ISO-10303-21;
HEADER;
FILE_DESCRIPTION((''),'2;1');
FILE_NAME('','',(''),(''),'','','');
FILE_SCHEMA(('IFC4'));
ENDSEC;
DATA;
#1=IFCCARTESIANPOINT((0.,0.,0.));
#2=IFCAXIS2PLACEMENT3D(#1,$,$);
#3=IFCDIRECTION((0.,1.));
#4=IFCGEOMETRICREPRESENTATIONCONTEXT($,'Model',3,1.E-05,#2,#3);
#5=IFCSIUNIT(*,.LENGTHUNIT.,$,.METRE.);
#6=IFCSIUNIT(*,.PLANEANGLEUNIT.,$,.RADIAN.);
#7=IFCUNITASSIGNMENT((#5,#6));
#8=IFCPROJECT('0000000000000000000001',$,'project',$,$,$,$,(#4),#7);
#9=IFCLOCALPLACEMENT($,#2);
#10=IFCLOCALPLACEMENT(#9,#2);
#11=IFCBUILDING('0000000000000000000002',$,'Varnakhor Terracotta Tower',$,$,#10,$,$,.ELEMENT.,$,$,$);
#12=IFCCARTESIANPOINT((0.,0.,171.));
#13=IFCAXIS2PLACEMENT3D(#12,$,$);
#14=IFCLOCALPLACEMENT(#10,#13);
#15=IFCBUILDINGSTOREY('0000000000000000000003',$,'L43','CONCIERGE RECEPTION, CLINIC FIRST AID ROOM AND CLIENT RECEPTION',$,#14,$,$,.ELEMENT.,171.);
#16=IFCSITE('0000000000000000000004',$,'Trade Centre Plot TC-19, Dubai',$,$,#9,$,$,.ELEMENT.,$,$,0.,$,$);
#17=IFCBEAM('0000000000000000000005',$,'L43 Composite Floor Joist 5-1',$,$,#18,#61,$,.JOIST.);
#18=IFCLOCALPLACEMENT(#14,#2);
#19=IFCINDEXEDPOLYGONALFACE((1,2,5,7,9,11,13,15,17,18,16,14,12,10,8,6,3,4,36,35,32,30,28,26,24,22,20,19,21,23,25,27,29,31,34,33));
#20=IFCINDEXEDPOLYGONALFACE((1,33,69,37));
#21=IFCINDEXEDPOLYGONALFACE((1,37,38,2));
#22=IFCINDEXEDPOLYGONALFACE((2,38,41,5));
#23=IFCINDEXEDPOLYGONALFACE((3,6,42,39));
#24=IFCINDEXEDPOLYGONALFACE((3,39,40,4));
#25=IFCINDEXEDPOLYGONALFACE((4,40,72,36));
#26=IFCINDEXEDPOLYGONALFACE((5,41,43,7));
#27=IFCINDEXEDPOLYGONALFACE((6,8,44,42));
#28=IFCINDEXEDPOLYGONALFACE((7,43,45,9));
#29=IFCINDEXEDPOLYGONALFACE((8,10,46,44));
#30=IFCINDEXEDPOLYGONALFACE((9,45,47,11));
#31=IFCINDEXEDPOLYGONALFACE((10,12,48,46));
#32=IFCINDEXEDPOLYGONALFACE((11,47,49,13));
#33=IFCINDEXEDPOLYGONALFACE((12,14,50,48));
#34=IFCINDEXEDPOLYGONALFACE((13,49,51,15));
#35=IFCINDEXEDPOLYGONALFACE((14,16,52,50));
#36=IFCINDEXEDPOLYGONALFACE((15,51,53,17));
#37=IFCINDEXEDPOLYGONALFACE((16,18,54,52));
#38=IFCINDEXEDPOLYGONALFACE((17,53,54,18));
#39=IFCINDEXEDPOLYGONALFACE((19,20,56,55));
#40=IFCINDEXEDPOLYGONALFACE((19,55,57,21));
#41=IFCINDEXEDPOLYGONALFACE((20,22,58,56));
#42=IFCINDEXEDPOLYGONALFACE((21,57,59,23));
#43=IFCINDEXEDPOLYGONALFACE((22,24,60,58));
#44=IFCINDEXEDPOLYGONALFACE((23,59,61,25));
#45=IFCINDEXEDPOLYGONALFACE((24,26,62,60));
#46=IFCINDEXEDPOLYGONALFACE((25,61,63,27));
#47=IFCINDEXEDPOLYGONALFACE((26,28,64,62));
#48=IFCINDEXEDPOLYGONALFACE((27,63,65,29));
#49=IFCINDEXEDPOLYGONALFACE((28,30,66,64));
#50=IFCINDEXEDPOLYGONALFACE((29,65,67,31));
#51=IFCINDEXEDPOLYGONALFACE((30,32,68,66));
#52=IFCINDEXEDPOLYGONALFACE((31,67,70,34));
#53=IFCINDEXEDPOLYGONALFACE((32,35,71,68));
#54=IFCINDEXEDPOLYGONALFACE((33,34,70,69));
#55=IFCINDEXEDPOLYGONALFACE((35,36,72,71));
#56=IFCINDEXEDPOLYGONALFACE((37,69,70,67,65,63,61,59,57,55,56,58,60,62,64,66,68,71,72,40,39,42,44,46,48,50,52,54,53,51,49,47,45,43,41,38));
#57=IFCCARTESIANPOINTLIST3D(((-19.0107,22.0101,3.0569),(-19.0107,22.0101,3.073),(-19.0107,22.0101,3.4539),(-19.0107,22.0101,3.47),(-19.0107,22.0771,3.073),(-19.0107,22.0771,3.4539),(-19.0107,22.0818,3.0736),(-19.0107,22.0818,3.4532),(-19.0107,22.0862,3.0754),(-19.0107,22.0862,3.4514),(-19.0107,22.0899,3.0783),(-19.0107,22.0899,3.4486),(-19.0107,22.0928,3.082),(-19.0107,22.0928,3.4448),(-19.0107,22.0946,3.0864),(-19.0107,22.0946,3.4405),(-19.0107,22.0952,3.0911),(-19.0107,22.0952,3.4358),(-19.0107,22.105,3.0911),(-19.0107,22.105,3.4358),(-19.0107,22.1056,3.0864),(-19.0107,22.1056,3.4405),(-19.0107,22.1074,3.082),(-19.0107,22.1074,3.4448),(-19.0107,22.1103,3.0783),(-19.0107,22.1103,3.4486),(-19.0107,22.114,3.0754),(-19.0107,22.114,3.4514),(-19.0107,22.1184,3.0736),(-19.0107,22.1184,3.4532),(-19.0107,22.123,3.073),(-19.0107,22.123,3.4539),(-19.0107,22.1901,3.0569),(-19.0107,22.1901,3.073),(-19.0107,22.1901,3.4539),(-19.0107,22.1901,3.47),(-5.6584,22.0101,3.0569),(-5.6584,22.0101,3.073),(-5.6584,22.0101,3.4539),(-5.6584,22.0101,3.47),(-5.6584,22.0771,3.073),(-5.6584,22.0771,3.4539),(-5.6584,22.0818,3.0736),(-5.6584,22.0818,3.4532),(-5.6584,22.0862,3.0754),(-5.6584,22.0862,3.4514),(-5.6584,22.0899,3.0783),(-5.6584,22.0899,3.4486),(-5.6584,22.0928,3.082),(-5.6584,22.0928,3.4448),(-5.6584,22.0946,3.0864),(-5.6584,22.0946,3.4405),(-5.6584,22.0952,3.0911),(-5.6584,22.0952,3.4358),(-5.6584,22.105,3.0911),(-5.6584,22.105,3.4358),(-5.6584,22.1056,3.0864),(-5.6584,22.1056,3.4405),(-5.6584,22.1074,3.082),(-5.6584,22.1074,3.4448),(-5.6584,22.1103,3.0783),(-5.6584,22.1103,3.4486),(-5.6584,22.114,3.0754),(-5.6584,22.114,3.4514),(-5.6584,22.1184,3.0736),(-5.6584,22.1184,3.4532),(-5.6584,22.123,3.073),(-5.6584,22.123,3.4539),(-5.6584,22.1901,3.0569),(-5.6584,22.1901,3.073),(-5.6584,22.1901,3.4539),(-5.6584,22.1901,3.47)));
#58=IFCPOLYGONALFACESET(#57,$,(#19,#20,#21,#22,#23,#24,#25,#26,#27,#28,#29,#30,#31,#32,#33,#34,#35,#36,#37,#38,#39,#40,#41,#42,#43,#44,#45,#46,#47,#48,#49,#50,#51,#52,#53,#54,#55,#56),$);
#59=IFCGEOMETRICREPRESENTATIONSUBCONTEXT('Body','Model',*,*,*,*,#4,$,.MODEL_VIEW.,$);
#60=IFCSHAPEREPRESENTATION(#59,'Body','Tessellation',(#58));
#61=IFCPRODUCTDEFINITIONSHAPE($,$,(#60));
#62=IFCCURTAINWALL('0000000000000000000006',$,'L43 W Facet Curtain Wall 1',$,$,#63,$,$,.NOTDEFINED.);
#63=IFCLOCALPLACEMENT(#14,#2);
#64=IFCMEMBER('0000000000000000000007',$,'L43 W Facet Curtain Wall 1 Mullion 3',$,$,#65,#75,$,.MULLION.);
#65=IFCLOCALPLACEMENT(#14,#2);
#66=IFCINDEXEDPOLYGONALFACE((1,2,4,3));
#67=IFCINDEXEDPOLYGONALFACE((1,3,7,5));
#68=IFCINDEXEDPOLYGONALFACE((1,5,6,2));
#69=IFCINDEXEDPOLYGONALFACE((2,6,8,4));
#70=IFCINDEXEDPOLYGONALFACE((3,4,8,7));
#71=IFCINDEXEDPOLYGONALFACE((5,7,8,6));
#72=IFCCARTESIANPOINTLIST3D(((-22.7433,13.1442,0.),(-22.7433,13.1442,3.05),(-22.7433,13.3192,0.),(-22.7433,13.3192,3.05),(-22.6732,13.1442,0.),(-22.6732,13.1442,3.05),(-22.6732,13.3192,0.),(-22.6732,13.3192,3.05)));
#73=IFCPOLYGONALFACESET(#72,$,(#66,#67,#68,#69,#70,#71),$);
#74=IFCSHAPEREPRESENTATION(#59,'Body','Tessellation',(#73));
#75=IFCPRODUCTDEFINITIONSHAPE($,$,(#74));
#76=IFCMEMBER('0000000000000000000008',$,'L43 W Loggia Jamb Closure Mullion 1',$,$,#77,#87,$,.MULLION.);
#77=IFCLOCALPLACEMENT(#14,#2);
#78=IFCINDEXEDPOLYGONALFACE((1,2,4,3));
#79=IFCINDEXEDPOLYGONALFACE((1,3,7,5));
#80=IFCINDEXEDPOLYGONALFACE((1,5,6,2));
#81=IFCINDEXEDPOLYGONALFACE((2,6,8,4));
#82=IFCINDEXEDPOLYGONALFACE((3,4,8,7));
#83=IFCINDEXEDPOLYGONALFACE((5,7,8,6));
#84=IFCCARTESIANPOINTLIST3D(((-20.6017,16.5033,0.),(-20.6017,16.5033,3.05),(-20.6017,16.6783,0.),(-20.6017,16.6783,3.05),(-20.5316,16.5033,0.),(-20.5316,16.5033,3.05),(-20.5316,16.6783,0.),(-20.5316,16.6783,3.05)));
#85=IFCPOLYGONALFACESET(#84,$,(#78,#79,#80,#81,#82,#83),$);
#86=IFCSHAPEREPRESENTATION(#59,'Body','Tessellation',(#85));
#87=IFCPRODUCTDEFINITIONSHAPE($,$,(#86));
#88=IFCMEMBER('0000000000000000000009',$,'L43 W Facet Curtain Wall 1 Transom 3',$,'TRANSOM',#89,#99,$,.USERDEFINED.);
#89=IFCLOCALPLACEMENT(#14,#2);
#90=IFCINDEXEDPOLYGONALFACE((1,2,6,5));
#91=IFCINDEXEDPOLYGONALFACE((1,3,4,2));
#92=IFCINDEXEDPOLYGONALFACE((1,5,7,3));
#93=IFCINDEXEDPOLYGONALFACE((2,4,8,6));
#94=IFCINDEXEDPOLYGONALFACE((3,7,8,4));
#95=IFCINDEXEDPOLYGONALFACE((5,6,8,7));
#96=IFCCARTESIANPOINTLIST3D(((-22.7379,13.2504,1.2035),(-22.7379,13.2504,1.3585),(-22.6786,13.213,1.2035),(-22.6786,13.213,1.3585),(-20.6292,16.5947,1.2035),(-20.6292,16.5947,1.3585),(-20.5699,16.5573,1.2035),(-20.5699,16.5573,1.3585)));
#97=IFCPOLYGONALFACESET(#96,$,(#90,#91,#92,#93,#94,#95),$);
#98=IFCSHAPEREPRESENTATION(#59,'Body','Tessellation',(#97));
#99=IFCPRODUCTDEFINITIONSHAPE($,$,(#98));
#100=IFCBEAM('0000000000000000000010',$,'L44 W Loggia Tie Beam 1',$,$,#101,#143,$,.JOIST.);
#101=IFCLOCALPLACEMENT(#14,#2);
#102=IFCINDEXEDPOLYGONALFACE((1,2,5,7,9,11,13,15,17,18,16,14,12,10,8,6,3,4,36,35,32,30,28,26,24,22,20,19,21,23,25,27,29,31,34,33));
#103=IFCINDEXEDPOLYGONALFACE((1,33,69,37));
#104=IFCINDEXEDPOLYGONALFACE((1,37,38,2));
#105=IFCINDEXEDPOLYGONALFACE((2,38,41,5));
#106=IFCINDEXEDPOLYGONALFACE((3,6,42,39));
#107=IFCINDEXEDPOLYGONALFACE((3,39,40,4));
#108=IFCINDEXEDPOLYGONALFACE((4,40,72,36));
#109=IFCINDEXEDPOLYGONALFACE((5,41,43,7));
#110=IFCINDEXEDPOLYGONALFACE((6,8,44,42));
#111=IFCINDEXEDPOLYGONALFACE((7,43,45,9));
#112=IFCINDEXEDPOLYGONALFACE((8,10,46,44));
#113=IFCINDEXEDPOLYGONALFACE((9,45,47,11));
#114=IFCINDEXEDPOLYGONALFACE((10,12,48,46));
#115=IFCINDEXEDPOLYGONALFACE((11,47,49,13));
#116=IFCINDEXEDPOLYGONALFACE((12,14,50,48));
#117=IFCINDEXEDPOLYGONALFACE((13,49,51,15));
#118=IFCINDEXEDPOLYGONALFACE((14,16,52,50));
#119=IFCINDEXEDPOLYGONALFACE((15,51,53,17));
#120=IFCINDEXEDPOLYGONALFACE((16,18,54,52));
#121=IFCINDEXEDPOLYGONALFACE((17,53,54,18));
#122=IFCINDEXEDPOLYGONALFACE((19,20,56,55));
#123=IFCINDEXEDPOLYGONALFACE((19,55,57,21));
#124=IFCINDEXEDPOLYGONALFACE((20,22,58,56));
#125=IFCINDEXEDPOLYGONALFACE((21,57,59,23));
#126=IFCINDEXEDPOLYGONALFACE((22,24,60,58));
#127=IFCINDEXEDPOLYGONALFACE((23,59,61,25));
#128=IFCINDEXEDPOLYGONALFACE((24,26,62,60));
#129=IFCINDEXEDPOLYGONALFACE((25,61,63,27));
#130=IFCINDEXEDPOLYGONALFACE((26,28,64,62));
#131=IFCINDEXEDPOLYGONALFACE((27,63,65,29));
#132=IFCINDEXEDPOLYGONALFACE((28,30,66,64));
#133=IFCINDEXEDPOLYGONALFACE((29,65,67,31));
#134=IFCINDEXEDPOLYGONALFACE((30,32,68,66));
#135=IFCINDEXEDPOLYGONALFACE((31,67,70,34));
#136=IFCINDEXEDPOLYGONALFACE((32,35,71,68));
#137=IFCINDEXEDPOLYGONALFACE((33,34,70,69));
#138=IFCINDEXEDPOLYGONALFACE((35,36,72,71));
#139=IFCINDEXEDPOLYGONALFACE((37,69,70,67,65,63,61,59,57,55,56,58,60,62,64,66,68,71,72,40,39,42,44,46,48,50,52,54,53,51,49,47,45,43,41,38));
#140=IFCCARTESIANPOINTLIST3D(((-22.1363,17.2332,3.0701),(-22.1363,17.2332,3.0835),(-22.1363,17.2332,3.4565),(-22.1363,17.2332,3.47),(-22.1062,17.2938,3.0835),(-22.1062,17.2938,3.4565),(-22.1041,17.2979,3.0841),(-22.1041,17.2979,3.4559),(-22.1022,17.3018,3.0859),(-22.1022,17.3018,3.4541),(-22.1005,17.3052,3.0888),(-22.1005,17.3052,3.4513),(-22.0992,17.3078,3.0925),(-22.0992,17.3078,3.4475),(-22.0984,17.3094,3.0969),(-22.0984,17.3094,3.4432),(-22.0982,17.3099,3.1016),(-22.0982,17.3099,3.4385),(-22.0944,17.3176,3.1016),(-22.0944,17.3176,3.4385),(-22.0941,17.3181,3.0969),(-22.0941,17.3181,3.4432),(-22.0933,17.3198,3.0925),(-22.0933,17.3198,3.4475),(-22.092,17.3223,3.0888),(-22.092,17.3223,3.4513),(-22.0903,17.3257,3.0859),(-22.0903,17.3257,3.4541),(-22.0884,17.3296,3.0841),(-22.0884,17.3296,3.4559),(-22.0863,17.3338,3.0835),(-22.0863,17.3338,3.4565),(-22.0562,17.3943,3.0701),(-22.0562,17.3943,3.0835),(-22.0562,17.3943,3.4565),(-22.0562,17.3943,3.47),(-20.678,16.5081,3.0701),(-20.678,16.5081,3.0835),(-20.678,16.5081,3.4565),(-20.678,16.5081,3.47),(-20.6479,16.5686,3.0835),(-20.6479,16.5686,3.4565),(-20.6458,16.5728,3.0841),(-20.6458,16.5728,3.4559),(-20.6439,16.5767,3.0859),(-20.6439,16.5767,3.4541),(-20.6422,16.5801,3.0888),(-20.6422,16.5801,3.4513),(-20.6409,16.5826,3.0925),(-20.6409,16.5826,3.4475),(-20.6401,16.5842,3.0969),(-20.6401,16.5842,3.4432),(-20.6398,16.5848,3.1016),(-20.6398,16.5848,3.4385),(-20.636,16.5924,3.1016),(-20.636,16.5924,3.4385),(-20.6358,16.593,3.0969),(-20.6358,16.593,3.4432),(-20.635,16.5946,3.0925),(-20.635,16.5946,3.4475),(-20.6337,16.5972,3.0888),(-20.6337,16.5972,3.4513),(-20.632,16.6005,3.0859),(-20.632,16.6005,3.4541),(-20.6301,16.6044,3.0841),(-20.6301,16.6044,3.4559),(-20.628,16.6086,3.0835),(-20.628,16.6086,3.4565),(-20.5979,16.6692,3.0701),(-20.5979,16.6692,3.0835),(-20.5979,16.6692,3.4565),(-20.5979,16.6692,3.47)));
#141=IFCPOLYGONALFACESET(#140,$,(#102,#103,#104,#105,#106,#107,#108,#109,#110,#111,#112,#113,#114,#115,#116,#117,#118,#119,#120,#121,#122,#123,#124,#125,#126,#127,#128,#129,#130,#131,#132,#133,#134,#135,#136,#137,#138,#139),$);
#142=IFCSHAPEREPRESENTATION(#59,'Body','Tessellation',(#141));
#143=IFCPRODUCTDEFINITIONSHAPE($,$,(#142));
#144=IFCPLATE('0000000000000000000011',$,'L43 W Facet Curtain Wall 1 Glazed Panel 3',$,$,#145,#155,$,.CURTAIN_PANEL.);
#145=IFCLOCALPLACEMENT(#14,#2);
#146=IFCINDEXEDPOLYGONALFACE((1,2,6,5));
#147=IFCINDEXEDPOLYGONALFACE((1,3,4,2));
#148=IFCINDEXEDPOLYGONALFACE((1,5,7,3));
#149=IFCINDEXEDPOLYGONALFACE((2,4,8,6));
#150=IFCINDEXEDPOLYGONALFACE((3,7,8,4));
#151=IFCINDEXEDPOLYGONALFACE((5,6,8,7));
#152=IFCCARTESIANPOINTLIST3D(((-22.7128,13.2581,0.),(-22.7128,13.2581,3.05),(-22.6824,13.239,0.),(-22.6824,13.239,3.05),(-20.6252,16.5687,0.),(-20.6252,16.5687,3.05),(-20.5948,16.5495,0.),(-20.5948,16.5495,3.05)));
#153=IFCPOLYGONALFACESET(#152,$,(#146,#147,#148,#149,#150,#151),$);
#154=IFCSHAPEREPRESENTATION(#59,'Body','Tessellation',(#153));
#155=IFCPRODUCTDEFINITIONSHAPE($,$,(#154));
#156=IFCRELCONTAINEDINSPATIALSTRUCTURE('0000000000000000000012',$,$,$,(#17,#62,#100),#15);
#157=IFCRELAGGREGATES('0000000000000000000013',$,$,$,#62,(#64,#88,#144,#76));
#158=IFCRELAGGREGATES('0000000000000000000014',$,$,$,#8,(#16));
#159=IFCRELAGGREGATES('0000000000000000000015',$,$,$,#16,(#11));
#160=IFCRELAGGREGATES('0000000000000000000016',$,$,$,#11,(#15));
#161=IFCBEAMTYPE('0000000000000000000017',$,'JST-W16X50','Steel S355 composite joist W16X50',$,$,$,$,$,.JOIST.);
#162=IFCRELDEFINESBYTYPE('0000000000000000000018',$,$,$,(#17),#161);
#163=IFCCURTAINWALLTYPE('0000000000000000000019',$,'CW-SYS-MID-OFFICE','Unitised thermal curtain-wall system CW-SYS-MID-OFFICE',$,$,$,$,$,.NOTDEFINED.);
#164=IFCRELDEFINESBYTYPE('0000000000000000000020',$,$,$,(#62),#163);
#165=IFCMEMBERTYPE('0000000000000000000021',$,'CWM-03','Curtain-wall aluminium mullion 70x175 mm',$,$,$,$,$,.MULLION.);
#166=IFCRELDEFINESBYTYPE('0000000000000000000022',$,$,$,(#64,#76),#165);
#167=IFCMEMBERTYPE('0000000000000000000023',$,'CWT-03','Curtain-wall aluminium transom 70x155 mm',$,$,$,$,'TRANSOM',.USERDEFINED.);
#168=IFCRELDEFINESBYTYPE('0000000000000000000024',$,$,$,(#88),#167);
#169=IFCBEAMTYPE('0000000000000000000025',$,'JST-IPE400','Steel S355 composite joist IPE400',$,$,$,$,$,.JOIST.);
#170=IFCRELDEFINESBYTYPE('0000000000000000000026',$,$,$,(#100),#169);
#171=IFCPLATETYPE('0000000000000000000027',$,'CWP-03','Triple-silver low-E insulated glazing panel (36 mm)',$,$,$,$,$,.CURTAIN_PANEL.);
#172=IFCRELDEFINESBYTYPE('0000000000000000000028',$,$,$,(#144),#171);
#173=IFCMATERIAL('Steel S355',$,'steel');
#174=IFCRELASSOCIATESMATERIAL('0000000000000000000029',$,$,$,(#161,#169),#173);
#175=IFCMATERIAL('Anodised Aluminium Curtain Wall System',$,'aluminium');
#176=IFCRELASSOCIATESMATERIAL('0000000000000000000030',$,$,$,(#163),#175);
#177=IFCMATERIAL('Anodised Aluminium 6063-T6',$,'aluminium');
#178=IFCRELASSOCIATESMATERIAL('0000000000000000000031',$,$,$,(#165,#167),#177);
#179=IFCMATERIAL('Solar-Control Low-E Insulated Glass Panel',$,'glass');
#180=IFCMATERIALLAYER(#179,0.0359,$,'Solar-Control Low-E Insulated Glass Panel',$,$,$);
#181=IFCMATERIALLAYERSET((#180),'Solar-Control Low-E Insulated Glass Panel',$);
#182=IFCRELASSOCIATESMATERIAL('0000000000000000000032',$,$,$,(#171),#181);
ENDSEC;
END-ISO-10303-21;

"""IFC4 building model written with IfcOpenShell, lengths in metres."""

from ifc_helpers import new_model, si_unit, direction, frame, origin, origin_2d, place, context, subcontext, project, spatial, rectangle, i_section, extrude, source, transform, mapped, material, layer, layer_set, material_profile, profile_set, type_object, element, aggregate, save


model = new_model("IFC4")

# Units and contexts
model_context = context("Model", 3, precision=1e-05, world=origin(), true_north=direction((0.0, 1.0)))
body_context = subcontext(model_context, "Body", "Model", "MODEL_VIEW")
ifc_project = project(units=[si_unit("LENGTHUNIT", "METRE"), si_unit("PLANEANGLEUNIT", "RADIAN")], contexts=[model_context])

# Site, building, storey
site_placement = place(None, origin())
site = spatial("IfcSite", under=ifc_project, at=site_placement, Name="Trade Centre Plot TC-19, Dubai", CompositionType="ELEMENT", RefElevation=0.0)
building_placement = place(site_placement, origin())
building = spatial("IfcBuilding", under=site, at=building_placement, Name="Varnakhor Terracotta Tower", CompositionType="ELEMENT")
storey_placement = place(building_placement, frame((0.0, 0.0, 171.0)))
storey = spatial("IfcBuildingStorey", under=building, at=storey_placement, Name="L43", Description="CONCIERGE RECEPTION, CLINIC FIRST AID ROOM AND CLIENT RECEPTION", CompositionType="ELEMENT", Elevation=171.0)

# Beam
ifc_material_1 = material(Name="Steel S355", Category="steel")
ifc_material_profile_1 = material_profile(ifc_material_1, i_section(OverallWidth=0.1799, OverallDepth=0.4131, WebThickness=0.0098, FlangeThickness=0.0161, FilletRadius=0.0181, at=origin_2d()), Name="W16X50")
ifc_profile_set_1 = profile_set([ifc_material_profile_1], Name="Steel S355")
beam_type_1 = type_object("IfcBeamType", Name="JST-W16X50", Description="Steel S355 composite joist W16X50", PredefinedType="JOIST", material=ifc_profile_set_1)
shared_shape_1 = source(origin(), body_context, "Body", "SweptSolid", [
    extrude(i_section(OverallWidth=0.1799, OverallDepth=0.4131, WebThickness=0.0098, FlangeThickness=0.0161, FilletRadius=0.0181, at=origin_2d()), origin(), (0.0, 0.0, 1.0), 13.3523),
])
beam_1_placement = place(storey_placement, frame((-19.0107, 22.1001, 3.2634), z_axis=(1.0, 0.0, 0.0), x_axis=(0.0, 1.0, 0.0)))
element("IfcBeam", 1, at=beam_1_placement, inside=storey, type_object=beam_type_1, Name="L43 Composite Floor Joist 5-1", PredefinedType="JOIST", context=body_context, shape_type="MappedRepresentation", body=[
    mapped(shared_shape_1, transform((0.0, 0.0, 0.0), scale=1.0)),
])

# Curtain wall, members
ifc_material_2 = material(Name="Anodised Aluminium Curtain Wall System", Category="aluminium")
curtain_wall_type = type_object("IfcCurtainWallType", Name="CW-SYS-MID-OFFICE", Description="Unitised thermal curtain-wall system CW-SYS-MID-OFFICE", PredefinedType="NOTDEFINED", material=ifc_material_2)
curtain_wall_placement = place(storey_placement, origin())
curtain_wall = element("IfcCurtainWall", 2, at=curtain_wall_placement, inside=storey, type_object=curtain_wall_type, Name="L43 W Facet Curtain Wall 1", PredefinedType="NOTDEFINED")
ifc_material_3 = material(Name="Anodised Aluminium 6063-T6", Category="aluminium")
ifc_material_profile_2 = material_profile(ifc_material_3, rectangle(XDim=0.0701, YDim=0.175, at=origin_2d()), Name="ALU MULLION 70x175")
ifc_profile_set_2 = profile_set([ifc_material_profile_2], Name="Anodised Aluminium 6063-T6")
member_type_1 = type_object("IfcMemberType", Name="CWM-03", Description="Curtain-wall aluminium mullion 70x175 mm", PredefinedType="MULLION", material=ifc_profile_set_2)
shared_shape_2 = source(origin(), body_context, "Body", "SweptSolid", [
    extrude(rectangle(XDim=0.0701, YDim=0.175, at=origin_2d()), origin(), (0.0, 0.0, 1.0), 3.05),
])
member_1_placement = place(storey_placement, frame((-22.7083, 13.2317, 0.0), z_axis=(0.0, 0.0, 1.0), x_axis=(1.0, 0.0, 0.0)))
member_1 = element("IfcMember", 3, at=member_1_placement, type_object=member_type_1, Name="L43 W Facet Curtain Wall 1 Mullion 3", PredefinedType="MULLION", context=body_context, shape_type="MappedRepresentation", body=[
    mapped(shared_shape_2, transform((0.0, 0.0, 0.0), scale=1.0)),
])
member_2_placement = place(storey_placement, frame((-20.5667, 16.5908, 0.0), z_axis=(0.0, 0.0, 1.0), x_axis=(1.0, 0.0, 0.0)))
member_2 = element("IfcMember", 4, at=member_2_placement, type_object=member_type_1, Name="L43 W Loggia Jamb Closure Mullion 1", PredefinedType="MULLION", context=body_context, shape_type="MappedRepresentation", body=[
    mapped(shared_shape_2, transform((0.0, 0.0, 0.0), scale=1.0)),
])
ifc_material_profile_3 = material_profile(ifc_material_3, rectangle(XDim=0.0701, YDim=0.155, at=origin_2d()), Name="ALU TRANSOM 70x155")
ifc_profile_set_3 = profile_set([ifc_material_profile_3], Name="Anodised Aluminium 6063-T6")
member_type_2 = type_object("IfcMemberType", Name="CWT-03", Description="Curtain-wall aluminium transom 70x155 mm", ElementType="TRANSOM", PredefinedType="USERDEFINED", material=ifc_profile_set_3)
shared_shape_3 = source(origin(), body_context, "Body", "SweptSolid", [
    extrude(rectangle(XDim=0.0701, YDim=0.155, at=origin_2d()), origin(), (0.0, 0.0, 1.0), 3.9536),
])
member_3_placement = place(storey_placement, frame((-22.7083, 13.2317, 1.281), z_axis=(0.533359, 0.845889, 0.0), x_axis=(-0.845889, 0.533359, 0.0)))
member_3 = element("IfcMember", 5, at=member_3_placement, type_object=member_type_2, Name="L43 W Facet Curtain Wall 1 Transom 3", ObjectType="TRANSOM", PredefinedType="USERDEFINED", context=body_context, shape_type="MappedRepresentation", body=[
    mapped(shared_shape_3, transform((0.0, 0.0, 0.0), scale=1.0)),
])

# Beam
ifc_material_profile_4 = material_profile(ifc_material_1, i_section(OverallWidth=0.1799, OverallDepth=0.3999, WebThickness=0.0085, FlangeThickness=0.0134, FilletRadius=0.0181, at=origin_2d()), Name="IPE400")
ifc_profile_set_4 = profile_set([ifc_material_profile_4], Name="Steel S355")
beam_type_2 = type_object("IfcBeamType", Name="JST-IPE400", Description="Steel S355 composite joist IPE400", PredefinedType="JOIST", material=ifc_profile_set_4)
shared_shape_4 = source(origin(), body_context, "Body", "SweptSolid", [
    extrude(i_section(OverallWidth=0.1799, OverallDepth=0.3999, WebThickness=0.0085, FlangeThickness=0.0134, FilletRadius=0.0181, at=origin_2d()), origin(), (0.0, 0.0, 1.0), 1.6287),
])
beam_2_placement = place(storey_placement, frame((-20.6379, 16.5886, 3.27), z_axis=(-0.895414, 0.445234, 0.0), x_axis=(-0.445234, -0.895414, 0.0)))
element("IfcBeam", 6, at=beam_2_placement, inside=storey, type_object=beam_type_2, Name="L44 W Loggia Tie Beam 1", PredefinedType="JOIST", context=body_context, shape_type="MappedRepresentation", body=[
    mapped(shared_shape_4, transform((0.0, 0.0, 0.0), scale=1.0)),
])

# Plate
ifc_material_4 = material(Name="Solar-Control Low-E Insulated Glass Panel", Category="glass")
ifc_layer_1 = layer(ifc_material_4, 0.0359, Name="Solar-Control Low-E Insulated Glass Panel")
ifc_layer_set_1 = layer_set([ifc_layer_1], Name="Solar-Control Low-E Insulated Glass Panel")
plate_type = type_object("IfcPlateType", Name="CWP-03", Description="Triple-silver low-E insulated glazing panel (36 mm)", PredefinedType="CURTAIN_PANEL", material=ifc_layer_set_1)
shared_shape_5 = source(origin(), body_context, "Body", "SweptSolid", [
    extrude(rectangle(XDim=3.9138, YDim=0.0359, at=origin_2d()), origin(), (0.0, 0.0, 1.0), 3.05),
])
plate_placement = place(storey_placement, frame((-21.6538, 14.9038, 0.0), z_axis=(0.0, 0.0, 1.0), x_axis=(0.533393, 0.845867, 0.0)))
plate = element("IfcPlate", 7, at=plate_placement, type_object=plate_type, Name="L43 W Facet Curtain Wall 1 Glazed Panel 3", PredefinedType="CURTAIN_PANEL", context=body_context, shape_type="MappedRepresentation", body=[
    mapped(shared_shape_5, transform((0.0, 0.0, 0.0), scale=1.0)),
])
aggregate(curtain_wall, [member_1, member_3, plate, member_2])

save(model, "model.ifc")
